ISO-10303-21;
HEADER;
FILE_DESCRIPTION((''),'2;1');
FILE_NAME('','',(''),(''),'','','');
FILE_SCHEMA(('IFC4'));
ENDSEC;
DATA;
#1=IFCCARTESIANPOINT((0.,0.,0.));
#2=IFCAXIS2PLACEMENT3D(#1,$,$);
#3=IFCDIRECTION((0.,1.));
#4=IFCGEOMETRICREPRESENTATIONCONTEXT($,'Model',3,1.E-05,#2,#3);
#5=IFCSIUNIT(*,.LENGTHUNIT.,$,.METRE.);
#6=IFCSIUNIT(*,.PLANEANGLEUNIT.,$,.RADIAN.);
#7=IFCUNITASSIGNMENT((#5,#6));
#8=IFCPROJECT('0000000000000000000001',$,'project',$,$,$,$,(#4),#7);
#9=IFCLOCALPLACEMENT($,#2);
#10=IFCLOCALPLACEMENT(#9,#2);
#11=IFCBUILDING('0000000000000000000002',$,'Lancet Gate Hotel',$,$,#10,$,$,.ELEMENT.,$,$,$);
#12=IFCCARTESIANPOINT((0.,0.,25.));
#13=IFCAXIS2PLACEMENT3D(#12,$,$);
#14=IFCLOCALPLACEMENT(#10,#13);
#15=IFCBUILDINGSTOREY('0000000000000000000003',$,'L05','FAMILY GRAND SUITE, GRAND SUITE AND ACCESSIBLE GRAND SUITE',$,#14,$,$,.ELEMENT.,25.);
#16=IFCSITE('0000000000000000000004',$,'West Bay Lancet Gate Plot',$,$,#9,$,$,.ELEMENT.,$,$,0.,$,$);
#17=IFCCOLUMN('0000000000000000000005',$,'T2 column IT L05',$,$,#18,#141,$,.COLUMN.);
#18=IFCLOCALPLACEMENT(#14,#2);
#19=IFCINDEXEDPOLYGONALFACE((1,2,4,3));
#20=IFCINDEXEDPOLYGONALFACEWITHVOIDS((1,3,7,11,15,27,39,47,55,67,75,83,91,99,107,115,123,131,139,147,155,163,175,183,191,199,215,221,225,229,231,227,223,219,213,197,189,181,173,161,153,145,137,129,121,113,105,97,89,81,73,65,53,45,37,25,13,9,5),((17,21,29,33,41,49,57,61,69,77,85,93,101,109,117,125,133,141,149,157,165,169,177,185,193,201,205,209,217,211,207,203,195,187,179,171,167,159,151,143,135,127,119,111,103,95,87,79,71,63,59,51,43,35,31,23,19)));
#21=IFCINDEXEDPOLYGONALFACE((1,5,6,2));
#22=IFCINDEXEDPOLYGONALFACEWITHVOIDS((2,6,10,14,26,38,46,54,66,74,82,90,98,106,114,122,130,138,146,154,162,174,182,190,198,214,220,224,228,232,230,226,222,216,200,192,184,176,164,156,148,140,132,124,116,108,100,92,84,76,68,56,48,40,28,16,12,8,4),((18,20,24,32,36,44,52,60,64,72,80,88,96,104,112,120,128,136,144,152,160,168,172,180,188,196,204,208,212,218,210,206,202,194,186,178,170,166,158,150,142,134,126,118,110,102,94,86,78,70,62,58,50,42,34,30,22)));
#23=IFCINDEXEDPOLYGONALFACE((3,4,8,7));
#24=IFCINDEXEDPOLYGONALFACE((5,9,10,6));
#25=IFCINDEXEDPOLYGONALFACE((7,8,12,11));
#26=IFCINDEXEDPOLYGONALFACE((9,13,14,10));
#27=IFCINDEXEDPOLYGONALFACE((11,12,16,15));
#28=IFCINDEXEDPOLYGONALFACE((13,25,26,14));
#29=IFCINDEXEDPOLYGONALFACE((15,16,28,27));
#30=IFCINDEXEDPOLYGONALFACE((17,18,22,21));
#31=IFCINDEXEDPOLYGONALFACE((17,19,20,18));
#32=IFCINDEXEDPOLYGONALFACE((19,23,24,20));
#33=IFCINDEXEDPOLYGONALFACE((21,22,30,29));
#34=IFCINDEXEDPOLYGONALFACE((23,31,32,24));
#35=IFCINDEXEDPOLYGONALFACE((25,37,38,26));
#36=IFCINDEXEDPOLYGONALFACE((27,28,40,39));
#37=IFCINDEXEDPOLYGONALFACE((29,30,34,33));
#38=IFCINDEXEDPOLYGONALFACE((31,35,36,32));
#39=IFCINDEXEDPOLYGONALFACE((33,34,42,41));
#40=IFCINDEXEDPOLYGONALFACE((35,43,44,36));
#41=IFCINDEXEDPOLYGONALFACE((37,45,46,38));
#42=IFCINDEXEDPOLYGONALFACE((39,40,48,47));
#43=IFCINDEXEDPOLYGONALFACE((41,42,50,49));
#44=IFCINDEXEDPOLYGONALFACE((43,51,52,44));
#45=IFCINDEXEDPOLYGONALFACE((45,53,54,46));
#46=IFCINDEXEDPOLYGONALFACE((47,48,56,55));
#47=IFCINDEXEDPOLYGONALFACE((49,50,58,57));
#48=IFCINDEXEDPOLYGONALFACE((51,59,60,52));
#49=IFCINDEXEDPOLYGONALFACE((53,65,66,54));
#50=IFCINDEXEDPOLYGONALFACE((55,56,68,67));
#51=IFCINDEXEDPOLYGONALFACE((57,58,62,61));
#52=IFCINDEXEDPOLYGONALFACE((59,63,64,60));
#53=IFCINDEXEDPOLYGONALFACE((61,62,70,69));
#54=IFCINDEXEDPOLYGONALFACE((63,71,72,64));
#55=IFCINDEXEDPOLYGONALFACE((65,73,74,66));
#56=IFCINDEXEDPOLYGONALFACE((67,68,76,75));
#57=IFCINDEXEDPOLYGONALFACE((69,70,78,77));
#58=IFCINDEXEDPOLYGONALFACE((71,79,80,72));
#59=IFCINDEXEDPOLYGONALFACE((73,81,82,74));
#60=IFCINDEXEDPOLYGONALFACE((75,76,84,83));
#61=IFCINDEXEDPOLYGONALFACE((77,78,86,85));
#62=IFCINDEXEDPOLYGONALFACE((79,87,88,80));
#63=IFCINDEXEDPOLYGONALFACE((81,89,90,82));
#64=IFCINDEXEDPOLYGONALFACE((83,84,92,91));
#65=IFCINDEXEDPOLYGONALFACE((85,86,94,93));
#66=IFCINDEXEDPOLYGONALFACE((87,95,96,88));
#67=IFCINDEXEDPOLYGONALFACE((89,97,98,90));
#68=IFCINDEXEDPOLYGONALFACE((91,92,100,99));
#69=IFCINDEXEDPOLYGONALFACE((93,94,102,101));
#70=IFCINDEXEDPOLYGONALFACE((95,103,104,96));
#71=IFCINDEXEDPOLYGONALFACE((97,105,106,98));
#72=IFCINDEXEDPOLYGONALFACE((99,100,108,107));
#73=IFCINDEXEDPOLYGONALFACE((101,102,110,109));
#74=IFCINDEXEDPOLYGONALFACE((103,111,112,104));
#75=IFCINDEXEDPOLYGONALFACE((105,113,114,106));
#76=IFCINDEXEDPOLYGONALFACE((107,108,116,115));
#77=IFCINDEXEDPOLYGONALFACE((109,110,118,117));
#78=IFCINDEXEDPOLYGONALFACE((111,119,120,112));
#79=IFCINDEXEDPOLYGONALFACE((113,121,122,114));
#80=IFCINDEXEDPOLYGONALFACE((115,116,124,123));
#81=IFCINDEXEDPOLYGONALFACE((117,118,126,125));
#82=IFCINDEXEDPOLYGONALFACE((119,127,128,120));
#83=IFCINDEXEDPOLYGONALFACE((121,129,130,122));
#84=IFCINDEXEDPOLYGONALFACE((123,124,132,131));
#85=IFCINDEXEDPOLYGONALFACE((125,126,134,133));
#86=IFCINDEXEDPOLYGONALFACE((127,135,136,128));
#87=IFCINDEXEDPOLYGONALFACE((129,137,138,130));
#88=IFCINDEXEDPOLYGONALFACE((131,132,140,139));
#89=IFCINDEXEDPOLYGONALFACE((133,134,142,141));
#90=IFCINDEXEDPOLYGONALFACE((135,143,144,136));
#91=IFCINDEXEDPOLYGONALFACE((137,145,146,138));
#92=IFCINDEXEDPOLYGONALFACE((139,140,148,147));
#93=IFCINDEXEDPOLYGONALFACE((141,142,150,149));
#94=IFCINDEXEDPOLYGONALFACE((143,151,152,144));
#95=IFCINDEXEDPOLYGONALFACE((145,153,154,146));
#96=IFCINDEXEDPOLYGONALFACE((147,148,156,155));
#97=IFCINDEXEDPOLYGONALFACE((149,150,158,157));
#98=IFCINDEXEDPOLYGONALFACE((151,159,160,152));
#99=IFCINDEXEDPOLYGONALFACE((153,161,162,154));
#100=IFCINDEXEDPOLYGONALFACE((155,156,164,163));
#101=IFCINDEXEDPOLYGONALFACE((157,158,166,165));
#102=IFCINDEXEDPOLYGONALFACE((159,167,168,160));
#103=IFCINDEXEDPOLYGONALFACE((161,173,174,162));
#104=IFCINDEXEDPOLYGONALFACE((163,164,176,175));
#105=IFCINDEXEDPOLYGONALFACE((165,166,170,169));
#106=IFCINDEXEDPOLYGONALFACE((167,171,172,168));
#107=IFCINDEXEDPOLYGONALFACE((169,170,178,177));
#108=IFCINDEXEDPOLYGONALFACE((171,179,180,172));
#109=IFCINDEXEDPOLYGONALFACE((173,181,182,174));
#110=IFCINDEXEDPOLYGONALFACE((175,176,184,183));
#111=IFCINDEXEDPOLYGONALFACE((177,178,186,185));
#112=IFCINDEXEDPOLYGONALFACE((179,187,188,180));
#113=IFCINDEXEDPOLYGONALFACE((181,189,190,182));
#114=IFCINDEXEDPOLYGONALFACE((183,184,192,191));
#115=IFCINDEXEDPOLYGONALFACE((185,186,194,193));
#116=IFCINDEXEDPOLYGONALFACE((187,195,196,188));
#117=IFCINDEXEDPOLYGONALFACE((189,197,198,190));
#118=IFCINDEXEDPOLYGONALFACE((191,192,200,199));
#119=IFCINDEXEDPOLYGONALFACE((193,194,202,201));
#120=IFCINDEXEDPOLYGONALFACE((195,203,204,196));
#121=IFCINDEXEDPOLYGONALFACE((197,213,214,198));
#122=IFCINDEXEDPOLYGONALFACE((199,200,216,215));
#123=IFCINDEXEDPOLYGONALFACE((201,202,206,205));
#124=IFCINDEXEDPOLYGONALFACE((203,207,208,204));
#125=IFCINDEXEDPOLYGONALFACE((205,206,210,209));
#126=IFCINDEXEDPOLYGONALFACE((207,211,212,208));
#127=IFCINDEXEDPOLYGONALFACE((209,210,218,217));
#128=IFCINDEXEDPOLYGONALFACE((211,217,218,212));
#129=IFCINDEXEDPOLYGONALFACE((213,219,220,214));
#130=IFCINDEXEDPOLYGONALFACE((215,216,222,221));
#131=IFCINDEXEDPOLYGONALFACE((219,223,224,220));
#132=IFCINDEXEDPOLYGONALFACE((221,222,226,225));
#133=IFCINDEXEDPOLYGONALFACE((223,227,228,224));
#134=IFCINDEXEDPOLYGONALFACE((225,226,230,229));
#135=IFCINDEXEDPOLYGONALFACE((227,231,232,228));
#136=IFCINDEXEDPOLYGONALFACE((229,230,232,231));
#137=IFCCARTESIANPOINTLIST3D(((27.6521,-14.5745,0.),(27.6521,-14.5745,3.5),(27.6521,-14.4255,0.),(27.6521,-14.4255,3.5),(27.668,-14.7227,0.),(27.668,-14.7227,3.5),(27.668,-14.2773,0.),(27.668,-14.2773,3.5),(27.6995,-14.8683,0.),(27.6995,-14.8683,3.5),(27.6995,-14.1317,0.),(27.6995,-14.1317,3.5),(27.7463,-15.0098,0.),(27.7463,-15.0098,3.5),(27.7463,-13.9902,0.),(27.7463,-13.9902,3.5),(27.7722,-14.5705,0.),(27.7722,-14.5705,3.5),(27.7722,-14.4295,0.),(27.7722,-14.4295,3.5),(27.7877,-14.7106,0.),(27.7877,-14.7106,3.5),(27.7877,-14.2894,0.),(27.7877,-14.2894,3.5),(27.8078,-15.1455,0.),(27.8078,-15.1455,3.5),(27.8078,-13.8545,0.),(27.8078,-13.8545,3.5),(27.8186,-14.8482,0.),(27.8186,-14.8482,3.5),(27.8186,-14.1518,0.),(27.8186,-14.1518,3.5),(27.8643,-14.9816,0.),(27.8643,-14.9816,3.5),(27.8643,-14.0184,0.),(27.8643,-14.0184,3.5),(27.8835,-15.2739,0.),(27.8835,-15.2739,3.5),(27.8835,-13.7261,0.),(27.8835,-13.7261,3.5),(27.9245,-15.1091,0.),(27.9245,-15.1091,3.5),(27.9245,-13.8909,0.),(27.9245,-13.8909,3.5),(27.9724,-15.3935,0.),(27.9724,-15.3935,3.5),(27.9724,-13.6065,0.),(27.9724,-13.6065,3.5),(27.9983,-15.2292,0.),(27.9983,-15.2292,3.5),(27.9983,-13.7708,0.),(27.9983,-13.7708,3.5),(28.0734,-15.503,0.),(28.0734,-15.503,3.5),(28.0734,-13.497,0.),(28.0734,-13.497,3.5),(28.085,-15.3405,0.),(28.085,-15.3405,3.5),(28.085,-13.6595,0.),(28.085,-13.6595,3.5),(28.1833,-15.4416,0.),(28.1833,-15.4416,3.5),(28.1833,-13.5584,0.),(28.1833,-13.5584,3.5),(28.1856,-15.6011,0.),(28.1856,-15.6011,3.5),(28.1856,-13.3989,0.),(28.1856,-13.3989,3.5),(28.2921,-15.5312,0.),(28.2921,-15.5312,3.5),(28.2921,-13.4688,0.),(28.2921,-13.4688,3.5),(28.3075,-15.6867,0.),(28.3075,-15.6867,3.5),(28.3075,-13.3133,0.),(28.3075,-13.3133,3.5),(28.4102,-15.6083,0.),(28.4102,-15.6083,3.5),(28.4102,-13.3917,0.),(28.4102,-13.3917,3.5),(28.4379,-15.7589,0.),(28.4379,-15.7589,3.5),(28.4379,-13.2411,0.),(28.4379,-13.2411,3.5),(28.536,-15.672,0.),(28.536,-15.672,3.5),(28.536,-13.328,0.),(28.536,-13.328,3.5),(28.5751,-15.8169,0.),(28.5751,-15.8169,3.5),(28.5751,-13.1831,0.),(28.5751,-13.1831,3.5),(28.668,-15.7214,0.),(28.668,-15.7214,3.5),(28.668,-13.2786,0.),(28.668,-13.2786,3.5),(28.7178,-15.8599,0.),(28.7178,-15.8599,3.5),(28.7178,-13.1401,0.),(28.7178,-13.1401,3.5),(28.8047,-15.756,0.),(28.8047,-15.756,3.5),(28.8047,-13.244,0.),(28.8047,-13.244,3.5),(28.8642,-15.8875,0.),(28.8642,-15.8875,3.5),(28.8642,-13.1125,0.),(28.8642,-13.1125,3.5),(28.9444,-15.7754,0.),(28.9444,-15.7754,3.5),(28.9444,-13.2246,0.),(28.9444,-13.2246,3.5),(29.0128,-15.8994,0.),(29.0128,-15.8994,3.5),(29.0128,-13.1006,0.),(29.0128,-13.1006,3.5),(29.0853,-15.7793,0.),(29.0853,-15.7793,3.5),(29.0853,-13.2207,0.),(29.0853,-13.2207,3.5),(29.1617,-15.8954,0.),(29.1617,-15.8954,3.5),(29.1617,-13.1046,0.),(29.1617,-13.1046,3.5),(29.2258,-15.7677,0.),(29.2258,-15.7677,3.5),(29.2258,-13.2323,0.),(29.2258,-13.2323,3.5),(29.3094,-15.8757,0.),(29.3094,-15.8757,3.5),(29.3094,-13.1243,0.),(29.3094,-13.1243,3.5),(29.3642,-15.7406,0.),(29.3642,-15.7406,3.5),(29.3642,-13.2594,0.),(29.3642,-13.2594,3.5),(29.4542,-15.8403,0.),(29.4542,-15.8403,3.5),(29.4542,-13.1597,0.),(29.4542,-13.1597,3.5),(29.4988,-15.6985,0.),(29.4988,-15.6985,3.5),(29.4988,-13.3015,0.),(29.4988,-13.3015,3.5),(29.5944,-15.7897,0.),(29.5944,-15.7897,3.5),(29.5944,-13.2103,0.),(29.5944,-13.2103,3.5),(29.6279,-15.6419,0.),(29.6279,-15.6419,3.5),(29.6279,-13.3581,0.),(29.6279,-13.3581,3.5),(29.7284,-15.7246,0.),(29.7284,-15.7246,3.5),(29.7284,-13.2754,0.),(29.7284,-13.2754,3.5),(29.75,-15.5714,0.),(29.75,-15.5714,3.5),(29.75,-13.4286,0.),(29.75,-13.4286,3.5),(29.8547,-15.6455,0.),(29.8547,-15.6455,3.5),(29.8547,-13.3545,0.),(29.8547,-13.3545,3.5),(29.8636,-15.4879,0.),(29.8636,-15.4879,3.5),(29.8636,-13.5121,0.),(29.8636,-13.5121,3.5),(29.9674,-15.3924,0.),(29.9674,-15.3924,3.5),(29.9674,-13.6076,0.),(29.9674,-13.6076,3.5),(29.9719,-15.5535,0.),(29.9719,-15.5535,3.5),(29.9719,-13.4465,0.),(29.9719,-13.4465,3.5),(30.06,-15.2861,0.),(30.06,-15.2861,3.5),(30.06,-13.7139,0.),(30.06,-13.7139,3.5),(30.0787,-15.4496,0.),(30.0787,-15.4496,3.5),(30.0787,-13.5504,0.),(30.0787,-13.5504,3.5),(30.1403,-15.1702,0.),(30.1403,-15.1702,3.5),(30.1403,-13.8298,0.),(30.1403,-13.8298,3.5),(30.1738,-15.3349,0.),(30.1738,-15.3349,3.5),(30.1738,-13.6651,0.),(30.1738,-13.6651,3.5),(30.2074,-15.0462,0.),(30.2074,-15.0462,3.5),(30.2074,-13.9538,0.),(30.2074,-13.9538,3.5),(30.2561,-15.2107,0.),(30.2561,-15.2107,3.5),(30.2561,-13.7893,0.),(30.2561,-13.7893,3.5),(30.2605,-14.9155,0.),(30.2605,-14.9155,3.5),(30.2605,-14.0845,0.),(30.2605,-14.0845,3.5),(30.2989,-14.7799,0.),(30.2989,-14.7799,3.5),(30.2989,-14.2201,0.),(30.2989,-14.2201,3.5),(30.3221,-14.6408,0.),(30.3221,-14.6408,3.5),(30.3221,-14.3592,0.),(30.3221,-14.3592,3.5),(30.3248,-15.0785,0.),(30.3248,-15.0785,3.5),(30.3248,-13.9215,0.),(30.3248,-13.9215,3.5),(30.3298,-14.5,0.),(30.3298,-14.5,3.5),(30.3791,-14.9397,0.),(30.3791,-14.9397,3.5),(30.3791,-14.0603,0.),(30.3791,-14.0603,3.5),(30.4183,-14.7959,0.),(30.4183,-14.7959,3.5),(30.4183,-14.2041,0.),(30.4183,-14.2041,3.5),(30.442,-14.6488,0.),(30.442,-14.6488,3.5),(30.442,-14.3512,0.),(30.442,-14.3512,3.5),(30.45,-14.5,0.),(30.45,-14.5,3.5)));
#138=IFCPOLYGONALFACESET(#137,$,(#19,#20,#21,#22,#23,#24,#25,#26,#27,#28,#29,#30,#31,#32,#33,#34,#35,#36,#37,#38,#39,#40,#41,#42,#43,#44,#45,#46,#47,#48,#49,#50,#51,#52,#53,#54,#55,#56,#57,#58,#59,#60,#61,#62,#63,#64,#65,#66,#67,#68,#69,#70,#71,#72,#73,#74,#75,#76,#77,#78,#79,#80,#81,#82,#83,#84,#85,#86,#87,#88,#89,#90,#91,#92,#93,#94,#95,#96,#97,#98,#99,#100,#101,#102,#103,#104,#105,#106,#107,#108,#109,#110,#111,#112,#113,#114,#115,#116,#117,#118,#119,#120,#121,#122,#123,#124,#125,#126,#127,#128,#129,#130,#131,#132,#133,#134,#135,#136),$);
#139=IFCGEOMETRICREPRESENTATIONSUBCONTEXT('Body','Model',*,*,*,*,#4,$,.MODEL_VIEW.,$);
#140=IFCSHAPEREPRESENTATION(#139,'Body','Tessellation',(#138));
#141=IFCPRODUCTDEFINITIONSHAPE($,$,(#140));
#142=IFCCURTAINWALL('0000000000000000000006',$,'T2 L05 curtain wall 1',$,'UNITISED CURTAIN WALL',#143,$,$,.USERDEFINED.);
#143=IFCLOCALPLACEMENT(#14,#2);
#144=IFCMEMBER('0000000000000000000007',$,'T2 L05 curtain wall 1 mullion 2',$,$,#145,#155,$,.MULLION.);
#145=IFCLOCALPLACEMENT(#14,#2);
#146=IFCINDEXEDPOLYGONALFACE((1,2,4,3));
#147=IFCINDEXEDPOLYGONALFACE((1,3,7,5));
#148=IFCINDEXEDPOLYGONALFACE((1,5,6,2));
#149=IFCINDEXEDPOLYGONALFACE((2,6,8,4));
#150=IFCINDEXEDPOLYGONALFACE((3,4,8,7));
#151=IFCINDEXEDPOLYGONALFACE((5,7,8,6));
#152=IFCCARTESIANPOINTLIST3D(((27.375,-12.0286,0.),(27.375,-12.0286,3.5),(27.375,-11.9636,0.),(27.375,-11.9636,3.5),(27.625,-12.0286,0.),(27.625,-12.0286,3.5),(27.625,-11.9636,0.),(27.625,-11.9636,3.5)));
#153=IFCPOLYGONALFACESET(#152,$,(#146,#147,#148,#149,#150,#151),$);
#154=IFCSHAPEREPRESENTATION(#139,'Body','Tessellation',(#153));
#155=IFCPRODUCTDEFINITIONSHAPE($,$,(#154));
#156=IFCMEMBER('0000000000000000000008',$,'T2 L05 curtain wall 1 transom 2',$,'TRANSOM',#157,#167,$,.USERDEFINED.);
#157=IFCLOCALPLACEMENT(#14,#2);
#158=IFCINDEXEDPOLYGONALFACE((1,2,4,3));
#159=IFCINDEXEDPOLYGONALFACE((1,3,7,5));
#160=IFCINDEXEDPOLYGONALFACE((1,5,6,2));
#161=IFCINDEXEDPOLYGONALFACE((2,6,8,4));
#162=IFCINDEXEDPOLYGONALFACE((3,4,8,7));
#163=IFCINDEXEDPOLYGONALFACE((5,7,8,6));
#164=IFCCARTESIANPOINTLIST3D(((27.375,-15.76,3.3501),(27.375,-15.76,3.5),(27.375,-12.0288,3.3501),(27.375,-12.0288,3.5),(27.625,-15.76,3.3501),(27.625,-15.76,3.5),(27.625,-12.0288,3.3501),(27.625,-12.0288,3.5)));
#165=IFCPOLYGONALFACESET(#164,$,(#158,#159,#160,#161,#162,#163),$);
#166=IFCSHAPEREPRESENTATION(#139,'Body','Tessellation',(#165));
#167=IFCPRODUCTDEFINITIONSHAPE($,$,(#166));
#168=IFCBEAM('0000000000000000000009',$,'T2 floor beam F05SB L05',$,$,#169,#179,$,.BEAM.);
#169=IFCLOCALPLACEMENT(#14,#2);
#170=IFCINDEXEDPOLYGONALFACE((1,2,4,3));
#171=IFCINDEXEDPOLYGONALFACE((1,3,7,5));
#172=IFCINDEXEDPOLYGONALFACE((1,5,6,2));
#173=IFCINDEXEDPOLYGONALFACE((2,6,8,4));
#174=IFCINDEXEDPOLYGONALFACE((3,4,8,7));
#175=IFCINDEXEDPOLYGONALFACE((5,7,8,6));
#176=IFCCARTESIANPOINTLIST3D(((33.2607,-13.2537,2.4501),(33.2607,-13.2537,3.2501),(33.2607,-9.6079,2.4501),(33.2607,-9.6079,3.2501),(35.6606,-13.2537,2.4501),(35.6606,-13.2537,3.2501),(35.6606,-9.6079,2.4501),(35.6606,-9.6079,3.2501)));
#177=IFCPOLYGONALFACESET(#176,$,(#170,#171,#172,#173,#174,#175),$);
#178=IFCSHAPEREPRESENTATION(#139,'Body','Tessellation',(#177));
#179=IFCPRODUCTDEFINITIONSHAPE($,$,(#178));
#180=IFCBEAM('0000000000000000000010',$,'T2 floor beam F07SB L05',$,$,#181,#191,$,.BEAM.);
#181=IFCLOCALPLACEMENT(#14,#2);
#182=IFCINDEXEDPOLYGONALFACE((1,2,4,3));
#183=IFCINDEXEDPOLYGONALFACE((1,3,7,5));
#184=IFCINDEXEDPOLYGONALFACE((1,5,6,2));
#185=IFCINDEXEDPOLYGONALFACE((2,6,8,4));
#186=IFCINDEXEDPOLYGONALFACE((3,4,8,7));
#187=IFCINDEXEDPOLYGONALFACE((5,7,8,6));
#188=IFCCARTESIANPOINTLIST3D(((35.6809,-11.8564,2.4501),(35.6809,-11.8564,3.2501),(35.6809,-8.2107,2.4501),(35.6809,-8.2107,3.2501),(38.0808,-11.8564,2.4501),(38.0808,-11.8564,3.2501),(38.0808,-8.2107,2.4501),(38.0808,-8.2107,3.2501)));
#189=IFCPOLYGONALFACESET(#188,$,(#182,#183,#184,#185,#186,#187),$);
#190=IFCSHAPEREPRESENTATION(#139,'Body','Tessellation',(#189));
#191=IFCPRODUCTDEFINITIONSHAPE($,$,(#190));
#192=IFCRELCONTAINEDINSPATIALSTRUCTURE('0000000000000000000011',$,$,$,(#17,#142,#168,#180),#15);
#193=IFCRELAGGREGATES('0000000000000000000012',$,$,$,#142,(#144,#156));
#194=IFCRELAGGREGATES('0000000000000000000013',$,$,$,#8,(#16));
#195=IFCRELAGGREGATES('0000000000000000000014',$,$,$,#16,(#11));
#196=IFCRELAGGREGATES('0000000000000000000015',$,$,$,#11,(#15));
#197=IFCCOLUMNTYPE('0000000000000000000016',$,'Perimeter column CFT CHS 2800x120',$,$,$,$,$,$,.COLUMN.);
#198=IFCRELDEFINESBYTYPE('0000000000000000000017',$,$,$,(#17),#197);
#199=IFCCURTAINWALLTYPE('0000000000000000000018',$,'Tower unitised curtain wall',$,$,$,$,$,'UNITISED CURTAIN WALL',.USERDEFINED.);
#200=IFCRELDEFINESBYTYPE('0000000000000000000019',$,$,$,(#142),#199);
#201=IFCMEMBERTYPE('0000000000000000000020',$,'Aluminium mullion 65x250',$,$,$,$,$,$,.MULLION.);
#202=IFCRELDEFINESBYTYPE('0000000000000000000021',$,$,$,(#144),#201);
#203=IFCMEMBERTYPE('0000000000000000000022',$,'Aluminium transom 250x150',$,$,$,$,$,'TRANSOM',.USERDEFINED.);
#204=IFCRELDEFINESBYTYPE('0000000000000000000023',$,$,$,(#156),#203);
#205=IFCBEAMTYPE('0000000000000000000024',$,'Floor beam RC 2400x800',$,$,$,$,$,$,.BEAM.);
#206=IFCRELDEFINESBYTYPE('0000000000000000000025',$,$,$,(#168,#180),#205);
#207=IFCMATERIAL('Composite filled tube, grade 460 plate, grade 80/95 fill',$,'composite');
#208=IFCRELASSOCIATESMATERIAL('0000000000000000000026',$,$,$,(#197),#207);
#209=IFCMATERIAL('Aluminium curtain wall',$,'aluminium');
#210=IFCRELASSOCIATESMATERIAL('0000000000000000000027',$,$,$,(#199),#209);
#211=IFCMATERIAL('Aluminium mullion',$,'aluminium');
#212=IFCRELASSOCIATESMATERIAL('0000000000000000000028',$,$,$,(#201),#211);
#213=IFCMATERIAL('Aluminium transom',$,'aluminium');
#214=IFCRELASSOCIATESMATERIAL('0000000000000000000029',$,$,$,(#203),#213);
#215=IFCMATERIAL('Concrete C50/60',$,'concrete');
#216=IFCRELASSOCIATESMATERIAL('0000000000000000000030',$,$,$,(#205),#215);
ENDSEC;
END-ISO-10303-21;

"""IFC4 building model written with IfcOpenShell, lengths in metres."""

from ifc_helpers import new_model, si_unit, direction, frame, origin, origin_2d, place, context, subcontext, project, spatial, rectangle, hollow_circle, extrude, material, material_profile, profile_set, type_object, element, aggregate, save


model = new_model("IFC4")

# Units and contexts
model_context = context("Model", 3, precision=1e-05, world=origin(), true_north=direction((0.0, 1.0)))
body_context = subcontext(model_context, "Body", "Model", "MODEL_VIEW")
ifc_project = project(units=[si_unit("LENGTHUNIT", "METRE"), si_unit("PLANEANGLEUNIT", "RADIAN")], contexts=[model_context])

# Site, building, storey
site_placement = place(None, origin())
site = spatial("IfcSite", under=ifc_project, at=site_placement, Name="West Bay Lancet Gate Plot", CompositionType="ELEMENT", RefElevation=0.0)
building_placement = place(site_placement, origin())
building = spatial("IfcBuilding", under=site, at=building_placement, Name="Lancet Gate Hotel", CompositionType="ELEMENT")
storey_placement = place(building_placement, frame((0.0, 0.0, 25.0)))
storey = spatial("IfcBuildingStorey", under=building, at=storey_placement, Name="L05", Description="FAMILY GRAND SUITE, GRAND SUITE AND ACCESSIBLE GRAND SUITE", CompositionType="ELEMENT", Elevation=25.0)

# Column
ifc_material_1 = material(Name="Composite filled tube, grade 460 plate, grade 80/95 fill", Category="composite")
ifc_material_profile_1 = material_profile(ifc_material_1, hollow_circle(Radius=1.3999, WallThickness=0.1201, at=origin_2d()), Name="CHS 2800x120")
ifc_profile_set_1 = profile_set([ifc_material_profile_1], Name="Composite filled tube, grade 460 plate, grade 80/95 fill")
column_type = type_object("IfcColumnType", Name="Perimeter column CFT CHS 2800x120", PredefinedType="COLUMN", material=ifc_profile_set_1)
for number, where, z_axis, x_axis, name in (
    (1, (29.05, -14.5, 0.0), (0.0, 0.0, 1.0), (1.0, 0.0, 0.0), "T2 column IT L05"),
):
    element("IfcColumn", number, at=place(storey_placement, frame(where, z_axis=z_axis, x_axis=x_axis)), inside=storey, type_object=column_type, Name=name, PredefinedType="COLUMN", context=body_context, shape_type="SweptSolid", body=[
        extrude(hollow_circle(Radius=1.3999, WallThickness=0.1201, at=origin_2d()), origin(), (0.0, 0.0, 1.0), 3.5),
    ])

# Curtain wall, members
ifc_material_2 = material(Name="Aluminium curtain wall", Category="aluminium")
curtain_wall_type = type_object("IfcCurtainWallType", Name="Tower unitised curtain wall", ElementType="UNITISED CURTAIN WALL", PredefinedType="USERDEFINED", material=ifc_material_2)
curtain_wall_placement = place(storey_placement, origin())
curtain_wall = element("IfcCurtainWall", 2, at=curtain_wall_placement, inside=storey, type_object=curtain_wall_type, Name="T2 L05 curtain wall 1", ObjectType="UNITISED CURTAIN WALL", PredefinedType="USERDEFINED")
ifc_material_3 = material(Name="Aluminium mullion", Category="aluminium")
ifc_material_profile_2 = material_profile(ifc_material_3, rectangle(XDim=0.0649, YDim=0.25, at=origin_2d()), Name="MULLION 65x250")
ifc_profile_set_2 = profile_set([ifc_material_profile_2], Name="Aluminium mullion")
member_type_1 = type_object("IfcMemberType", Name="Aluminium mullion 65x250", PredefinedType="MULLION", material=ifc_profile_set_2)
member_1_placement = place(storey_placement, frame((27.5, -11.9961, 0.0), z_axis=(0.0, 0.0, 1.0), x_axis=(0.0, -1.0, 0.0)))
member_1 = element("IfcMember", 3, at=member_1_placement, type_object=member_type_1, Name="T2 L05 curtain wall 1 mullion 2", PredefinedType="MULLION", context=body_context, shape_type="SweptSolid", body=[
    extrude(rectangle(XDim=0.0649, YDim=0.25, at=origin_2d()), origin(), (0.0, 0.0, 1.0), 3.5),
])
ifc_material_4 = material(Name="Aluminium transom", Category="aluminium")
ifc_material_profile_3 = material_profile(ifc_material_4, rectangle(XDim=0.25, YDim=0.1499, at=origin_2d()), Name="TRANSOM 250x150")
ifc_profile_set_3 = profile_set([ifc_material_profile_3], Name="Aluminium transom")
member_type_2 = type_object("IfcMemberType", Name="Aluminium transom 250x150", ElementType="TRANSOM", PredefinedType="USERDEFINED", material=ifc_profile_set_3)
member_2_placement = place(storey_placement, frame((27.5, -12.0288, 3.425), z_axis=(0.0, -1.0, 0.0), x_axis=(1.0, 0.0, 0.0)))
member_2 = element("IfcMember", 4, at=member_2_placement, type_object=member_type_2, Name="T2 L05 curtain wall 1 transom 2", ObjectType="TRANSOM", PredefinedType="USERDEFINED", context=body_context, shape_type="SweptSolid", body=[
    extrude(rectangle(XDim=0.25, YDim=0.1499, at=origin_2d()), origin(), (0.0, 0.0, 1.0), 3.7312),
])

# Beams
ifc_material_5 = material(Name="Concrete C50/60", Category="concrete")
ifc_material_profile_4 = material_profile(ifc_material_5, rectangle(XDim=2.3999, YDim=0.8, at=origin_2d()), Name="RC 2400x800")
ifc_profile_set_4 = profile_set([ifc_material_profile_4], Name="Concrete C50/60")
beam_type_1 = type_object("IfcBeamType", Name="Floor beam RC 2400x800", PredefinedType="BEAM", material=ifc_profile_set_4)
for number, where, z_axis, x_axis, name in (
    (5, (34.4607, -13.2537, 2.8501), (0.0, 1.0, 0.0), (-1.0, 0.0, 0.0), "T2 floor beam F05SB L05"),
    (6, (36.8809, -11.8564, 2.8501), (0.0, 1.0, 0.0), (-1.0, 0.0, 0.0), "T2 floor beam F07SB L05"),
):
    element("IfcBeam", number, at=place(storey_placement, frame(where, z_axis=z_axis, x_axis=x_axis)), inside=storey, type_object=beam_type_1, Name=name, PredefinedType="BEAM", context=body_context, shape_type="SweptSolid", body=[
        extrude(rectangle(XDim=2.3999, YDim=0.8, at=origin_2d()), origin(), (0.0, 0.0, 1.0), 3.6458),
    ])

aggregate(curtain_wall, [member_1, member_2])

save(model, "model.ifc")
